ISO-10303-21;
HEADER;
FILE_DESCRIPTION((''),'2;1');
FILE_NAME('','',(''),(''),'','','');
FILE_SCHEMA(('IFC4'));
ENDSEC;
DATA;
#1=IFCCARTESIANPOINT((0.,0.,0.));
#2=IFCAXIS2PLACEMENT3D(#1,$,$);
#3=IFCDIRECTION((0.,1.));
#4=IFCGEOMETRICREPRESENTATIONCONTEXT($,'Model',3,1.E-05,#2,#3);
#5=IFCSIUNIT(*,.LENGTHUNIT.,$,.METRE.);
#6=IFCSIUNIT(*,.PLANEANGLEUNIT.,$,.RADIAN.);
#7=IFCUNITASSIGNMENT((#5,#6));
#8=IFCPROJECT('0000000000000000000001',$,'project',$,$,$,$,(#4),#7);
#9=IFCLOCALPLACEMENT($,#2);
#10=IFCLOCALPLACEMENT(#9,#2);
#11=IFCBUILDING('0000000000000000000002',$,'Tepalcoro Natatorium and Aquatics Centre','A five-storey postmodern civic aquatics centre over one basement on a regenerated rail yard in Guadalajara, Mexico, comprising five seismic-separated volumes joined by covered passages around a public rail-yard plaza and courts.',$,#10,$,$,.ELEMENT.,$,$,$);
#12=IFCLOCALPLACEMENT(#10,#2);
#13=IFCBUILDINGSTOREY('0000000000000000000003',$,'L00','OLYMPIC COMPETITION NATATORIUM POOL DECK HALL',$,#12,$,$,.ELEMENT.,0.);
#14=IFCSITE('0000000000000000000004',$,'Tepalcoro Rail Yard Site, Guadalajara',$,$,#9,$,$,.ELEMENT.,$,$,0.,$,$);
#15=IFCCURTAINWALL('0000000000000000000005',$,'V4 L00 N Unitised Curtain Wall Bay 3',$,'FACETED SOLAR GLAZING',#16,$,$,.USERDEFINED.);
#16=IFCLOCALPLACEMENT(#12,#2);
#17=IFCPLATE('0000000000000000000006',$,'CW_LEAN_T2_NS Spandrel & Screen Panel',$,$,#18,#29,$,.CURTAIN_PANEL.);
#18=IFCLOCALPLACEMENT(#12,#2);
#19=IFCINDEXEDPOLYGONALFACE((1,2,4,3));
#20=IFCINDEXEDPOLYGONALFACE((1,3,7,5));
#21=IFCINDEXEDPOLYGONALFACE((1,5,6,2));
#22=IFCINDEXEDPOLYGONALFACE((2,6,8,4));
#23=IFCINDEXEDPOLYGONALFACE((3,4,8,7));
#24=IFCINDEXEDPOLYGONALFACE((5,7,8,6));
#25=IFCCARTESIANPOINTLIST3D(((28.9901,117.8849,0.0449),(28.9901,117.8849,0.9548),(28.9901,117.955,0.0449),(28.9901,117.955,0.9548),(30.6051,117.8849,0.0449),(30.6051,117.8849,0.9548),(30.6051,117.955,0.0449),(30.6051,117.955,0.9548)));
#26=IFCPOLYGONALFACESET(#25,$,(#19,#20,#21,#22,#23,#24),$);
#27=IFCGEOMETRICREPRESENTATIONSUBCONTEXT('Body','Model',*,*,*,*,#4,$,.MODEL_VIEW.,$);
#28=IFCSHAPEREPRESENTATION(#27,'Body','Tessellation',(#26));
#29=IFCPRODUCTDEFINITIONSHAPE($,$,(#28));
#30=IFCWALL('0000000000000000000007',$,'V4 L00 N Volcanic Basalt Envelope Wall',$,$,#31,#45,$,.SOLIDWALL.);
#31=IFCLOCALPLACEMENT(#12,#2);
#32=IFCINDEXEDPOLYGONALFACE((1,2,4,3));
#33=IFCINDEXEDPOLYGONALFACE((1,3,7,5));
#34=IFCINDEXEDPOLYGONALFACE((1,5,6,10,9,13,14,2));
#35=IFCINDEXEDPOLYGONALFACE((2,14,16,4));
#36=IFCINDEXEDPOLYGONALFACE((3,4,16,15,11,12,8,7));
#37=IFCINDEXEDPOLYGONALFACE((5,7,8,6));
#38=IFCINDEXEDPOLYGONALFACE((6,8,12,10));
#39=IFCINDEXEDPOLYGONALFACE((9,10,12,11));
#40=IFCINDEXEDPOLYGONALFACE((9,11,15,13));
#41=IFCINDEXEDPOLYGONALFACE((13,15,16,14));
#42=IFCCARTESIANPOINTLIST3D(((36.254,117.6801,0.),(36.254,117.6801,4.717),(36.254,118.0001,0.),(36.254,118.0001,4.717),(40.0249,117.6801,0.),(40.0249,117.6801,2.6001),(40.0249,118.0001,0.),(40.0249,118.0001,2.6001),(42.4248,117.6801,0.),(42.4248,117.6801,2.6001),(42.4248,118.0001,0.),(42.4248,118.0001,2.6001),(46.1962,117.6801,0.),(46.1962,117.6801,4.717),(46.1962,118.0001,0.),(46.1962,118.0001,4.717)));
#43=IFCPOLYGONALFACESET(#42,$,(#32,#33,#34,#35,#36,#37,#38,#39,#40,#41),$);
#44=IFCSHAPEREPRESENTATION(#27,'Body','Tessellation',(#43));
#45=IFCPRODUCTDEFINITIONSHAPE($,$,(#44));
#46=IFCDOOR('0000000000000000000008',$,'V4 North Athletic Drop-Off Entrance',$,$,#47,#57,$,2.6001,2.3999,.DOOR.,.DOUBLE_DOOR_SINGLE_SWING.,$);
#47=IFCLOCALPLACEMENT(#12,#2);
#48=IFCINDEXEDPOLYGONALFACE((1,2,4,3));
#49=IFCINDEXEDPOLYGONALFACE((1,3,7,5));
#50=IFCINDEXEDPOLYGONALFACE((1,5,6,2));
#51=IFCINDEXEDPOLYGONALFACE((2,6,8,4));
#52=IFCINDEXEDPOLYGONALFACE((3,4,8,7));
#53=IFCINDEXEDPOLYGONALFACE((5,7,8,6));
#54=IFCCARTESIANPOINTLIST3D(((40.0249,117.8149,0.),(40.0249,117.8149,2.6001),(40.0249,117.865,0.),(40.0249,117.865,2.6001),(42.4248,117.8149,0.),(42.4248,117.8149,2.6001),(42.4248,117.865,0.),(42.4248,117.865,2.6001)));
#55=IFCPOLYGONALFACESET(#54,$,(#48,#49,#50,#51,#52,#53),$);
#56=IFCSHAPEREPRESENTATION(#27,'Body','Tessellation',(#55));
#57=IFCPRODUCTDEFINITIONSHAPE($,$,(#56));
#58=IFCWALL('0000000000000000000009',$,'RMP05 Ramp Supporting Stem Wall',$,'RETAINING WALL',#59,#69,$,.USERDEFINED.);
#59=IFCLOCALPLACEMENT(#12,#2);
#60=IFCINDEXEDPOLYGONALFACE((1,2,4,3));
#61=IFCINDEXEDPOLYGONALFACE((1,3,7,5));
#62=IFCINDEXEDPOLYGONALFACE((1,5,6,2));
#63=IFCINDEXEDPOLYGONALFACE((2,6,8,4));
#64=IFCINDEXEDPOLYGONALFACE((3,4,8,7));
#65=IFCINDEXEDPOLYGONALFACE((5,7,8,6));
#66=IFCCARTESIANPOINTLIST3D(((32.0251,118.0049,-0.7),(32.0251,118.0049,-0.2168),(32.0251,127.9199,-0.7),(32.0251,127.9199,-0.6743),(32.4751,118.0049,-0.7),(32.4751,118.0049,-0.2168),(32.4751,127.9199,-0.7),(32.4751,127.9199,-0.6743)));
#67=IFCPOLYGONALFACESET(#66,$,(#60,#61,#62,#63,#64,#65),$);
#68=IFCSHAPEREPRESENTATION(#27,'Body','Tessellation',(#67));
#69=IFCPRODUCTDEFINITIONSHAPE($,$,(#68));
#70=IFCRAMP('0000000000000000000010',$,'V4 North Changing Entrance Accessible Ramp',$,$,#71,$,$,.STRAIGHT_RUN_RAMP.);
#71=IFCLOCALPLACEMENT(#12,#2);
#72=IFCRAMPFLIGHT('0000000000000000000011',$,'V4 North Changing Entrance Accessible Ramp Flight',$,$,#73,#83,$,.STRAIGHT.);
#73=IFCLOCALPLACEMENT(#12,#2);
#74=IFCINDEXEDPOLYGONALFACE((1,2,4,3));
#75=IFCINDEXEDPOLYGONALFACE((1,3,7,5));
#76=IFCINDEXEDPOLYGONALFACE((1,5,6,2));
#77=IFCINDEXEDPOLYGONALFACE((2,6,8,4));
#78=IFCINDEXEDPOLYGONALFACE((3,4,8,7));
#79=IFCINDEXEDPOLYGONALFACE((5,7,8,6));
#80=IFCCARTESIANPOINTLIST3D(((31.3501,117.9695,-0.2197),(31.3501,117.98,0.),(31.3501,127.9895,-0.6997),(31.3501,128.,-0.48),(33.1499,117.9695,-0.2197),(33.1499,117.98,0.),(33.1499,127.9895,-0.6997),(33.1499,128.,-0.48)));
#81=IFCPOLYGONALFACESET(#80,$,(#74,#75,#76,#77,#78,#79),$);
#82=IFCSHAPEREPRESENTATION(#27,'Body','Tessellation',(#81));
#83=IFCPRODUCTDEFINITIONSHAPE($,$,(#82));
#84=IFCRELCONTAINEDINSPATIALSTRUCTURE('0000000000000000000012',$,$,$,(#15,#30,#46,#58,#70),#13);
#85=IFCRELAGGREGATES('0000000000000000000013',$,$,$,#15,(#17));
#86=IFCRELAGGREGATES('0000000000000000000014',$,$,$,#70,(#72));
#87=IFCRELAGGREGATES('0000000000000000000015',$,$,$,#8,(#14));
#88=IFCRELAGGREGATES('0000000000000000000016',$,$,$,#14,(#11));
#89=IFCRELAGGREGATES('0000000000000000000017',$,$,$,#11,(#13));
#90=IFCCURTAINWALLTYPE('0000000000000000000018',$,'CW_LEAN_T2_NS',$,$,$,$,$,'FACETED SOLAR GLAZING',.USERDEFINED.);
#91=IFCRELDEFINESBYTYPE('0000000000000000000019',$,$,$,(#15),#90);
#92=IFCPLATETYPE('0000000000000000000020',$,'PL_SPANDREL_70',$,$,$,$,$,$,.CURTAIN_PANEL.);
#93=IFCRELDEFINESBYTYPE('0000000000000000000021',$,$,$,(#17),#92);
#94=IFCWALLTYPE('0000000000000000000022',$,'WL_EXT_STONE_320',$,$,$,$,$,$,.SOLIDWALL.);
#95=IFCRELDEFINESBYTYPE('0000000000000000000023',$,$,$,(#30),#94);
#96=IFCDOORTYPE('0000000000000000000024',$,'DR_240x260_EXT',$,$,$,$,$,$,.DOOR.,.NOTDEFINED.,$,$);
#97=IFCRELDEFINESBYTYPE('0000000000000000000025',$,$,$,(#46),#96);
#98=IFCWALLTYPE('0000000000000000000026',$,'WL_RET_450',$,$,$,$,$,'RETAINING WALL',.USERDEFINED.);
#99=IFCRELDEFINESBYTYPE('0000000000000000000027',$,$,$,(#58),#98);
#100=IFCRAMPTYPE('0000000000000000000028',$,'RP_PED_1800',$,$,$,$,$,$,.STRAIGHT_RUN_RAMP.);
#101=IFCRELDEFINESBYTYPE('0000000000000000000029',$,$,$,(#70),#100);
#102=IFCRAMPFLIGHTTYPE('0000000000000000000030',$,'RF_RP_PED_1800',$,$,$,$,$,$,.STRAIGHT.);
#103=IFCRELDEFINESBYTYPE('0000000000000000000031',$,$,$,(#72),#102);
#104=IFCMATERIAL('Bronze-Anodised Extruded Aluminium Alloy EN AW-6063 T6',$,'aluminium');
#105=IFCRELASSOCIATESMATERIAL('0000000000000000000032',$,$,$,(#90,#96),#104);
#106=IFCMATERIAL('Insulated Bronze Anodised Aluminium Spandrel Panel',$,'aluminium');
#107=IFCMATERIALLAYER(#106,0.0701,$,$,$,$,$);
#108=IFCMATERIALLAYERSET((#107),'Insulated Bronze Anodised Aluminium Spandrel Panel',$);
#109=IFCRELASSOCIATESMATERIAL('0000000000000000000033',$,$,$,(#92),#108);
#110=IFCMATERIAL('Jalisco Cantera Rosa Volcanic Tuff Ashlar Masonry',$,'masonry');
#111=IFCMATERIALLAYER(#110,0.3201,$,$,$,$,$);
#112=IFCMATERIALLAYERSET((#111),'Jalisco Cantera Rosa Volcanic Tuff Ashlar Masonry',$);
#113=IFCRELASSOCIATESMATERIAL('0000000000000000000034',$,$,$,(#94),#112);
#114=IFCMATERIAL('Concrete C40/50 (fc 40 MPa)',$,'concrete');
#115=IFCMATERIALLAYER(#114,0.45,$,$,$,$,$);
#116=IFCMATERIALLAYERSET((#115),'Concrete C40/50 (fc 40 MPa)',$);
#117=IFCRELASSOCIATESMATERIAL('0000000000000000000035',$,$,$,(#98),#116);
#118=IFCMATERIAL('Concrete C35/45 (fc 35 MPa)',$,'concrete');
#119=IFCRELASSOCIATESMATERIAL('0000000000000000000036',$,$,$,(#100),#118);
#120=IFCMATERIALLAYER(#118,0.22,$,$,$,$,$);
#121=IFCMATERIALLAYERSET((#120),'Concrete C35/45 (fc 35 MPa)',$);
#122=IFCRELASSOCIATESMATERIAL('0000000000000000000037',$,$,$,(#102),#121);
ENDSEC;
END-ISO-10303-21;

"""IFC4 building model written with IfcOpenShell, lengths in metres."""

from ifc_helpers import new_model, si_unit, direction, frame, frame_2d, origin, origin_2d, place, context, subcontext, project, spatial, polyline, rectangle, outline, extrude, material, layer, layer_set, type_object, element, fill, aggregate, save


model = new_model("IFC4")

# Units and contexts
model_context = context("Model", 3, precision=1e-05, world=origin(), true_north=direction((0.0, 1.0)))
body_context = subcontext(model_context, "Body", "Model", "MODEL_VIEW")
ifc_project = project(units=[si_unit("LENGTHUNIT", "METRE"), si_unit("PLANEANGLEUNIT", "RADIAN")], contexts=[model_context])

# Site, building, storey
site_placement = place(None, origin())
site = spatial("IfcSite", under=ifc_project, at=site_placement, Name="Tepalcoro Rail Yard Site, Guadalajara", CompositionType="ELEMENT", RefElevation=0.0)
building_placement = place(site_placement, origin())
building = spatial("IfcBuilding", under=site, at=building_placement, Name="Tepalcoro Natatorium and Aquatics Centre", Description="A five-storey postmodern civic aquatics centre over one basement on a regenerated rail yard in Guadalajara, Mexico, comprising five seismic-separated volumes joined by covered passages around a public rail-yard plaza and courts.", CompositionType="ELEMENT")
storey_placement = place(building_placement, origin())
storey = spatial("IfcBuildingStorey", under=building, at=storey_placement, Name="L00", Description="OLYMPIC COMPETITION NATATORIUM POOL DECK HALL", CompositionType="ELEMENT", Elevation=0.0)

# Shared definitions
ifc_material_1 = material(Name="Concrete C40/50 (fc 40 MPa)", Category="concrete")

# Curtain wall
ifc_material_2 = material(Name="Bronze-Anodised Extruded Aluminium Alloy EN AW-6063 T6", Category="aluminium")
curtain_wall_type = type_object("IfcCurtainWallType", Name="CW_LEAN_T2_NS", ElementType="FACETED SOLAR GLAZING", PredefinedType="USERDEFINED", material=ifc_material_2)
curtain_wall_placement = place(storey_placement, origin())
curtain_wall = element("IfcCurtainWall", 1, at=curtain_wall_placement, inside=storey, type_object=curtain_wall_type, Name="V4 L00 N Unitised Curtain Wall Bay 3", ObjectType="FACETED SOLAR GLAZING", PredefinedType="USERDEFINED")

# Plate
ifc_material_3 = material(Name="Jalisco Cantera Rosa Volcanic Tuff Ashlar Masonry", Category="masonry")
ifc_material_4 = material(Name="Insulated Bronze Anodised Aluminium Spandrel Panel", Category="aluminium")
ifc_layer_1 = layer(ifc_material_4, 0.0701)
ifc_layer_set_1 = layer_set([ifc_layer_1], Name="Insulated Bronze Anodised Aluminium Spandrel Panel")
plate_type_1 = type_object("IfcPlateType", Name="PL_SPANDREL_70", PredefinedType="CURTAIN_PANEL", material=ifc_layer_set_1)
plate_1_placement = place(storey_placement, frame((29.7976, 117.9199, 0.0449), z_axis=(0.0, 0.0, 1.0), x_axis=(1.0, 0.0, 0.0)))
plate_1 = element("IfcPlate", 2, at=plate_1_placement, type_object=plate_type_1, Name="CW_LEAN_T2_NS Spandrel & Screen Panel", PredefinedType="CURTAIN_PANEL", context=body_context, shape_type="SweptSolid", body=[
    extrude(rectangle(XDim=1.615, YDim=0.0701, at=origin_2d()), origin(), (0.0, 0.0, 1.0), 0.9099),
])
aggregate(curtain_wall, [plate_1])

# Wall, opening, door
ifc_layer_2 = layer(ifc_material_3, 0.3201)
ifc_layer_set_2 = layer_set([ifc_layer_2], Name="Jalisco Cantera Rosa Volcanic Tuff Ashlar Masonry")
wall_type_1 = type_object("IfcWallType", Name="WL_EXT_STONE_320", PredefinedType="SOLIDWALL", material=ifc_layer_set_2)
wall_1_placement = place(storey_placement, frame((36.2539, 117.8401, 0.0), z_axis=(0.0, 0.0, 1.0), x_axis=(1.0, 0.0, 0.0)))
wall_1 = element("IfcWall", 3, at=wall_1_placement, inside=storey, type_object=wall_type_1, Name="V4 L00 N Volcanic Basalt Envelope Wall", PredefinedType="SOLIDWALL", context=body_context, shape_type="SweptSolid", body=[
    extrude(rectangle(XDim=9.9421, YDim=0.3201, at=frame_2d((4.9712, 0.0))), origin(), (0.0, 0.0, 1.0), 4.717),
])
opening_placement = place(wall_1_placement, frame((3.771, 0.0, 0.0)))
opening = element("IfcOpeningElement", 4, at=opening_placement, cuts=wall_1, PredefinedType="OPENING", context=body_context, shape_type="SweptSolid", body=[
    extrude(rectangle(XDim=2.3999, YDim=2.6001, at=frame_2d((1.2, 1.3))), frame((0.0, 0.1719, 0.0), z_axis=(0.0, -1.0, 0.0), x_axis=(1.0, 0.0, 0.0)), (0.0, 0.0, 1.0), 0.344),
])
door_type = type_object("IfcDoorType", Name="DR_240x260_EXT", OperationType="NOTDEFINED", PredefinedType="DOOR", material=ifc_material_2)
door_placement = place(opening_placement, origin())
door = element("IfcDoor", 5, at=door_placement, inside=storey, type_object=door_type, Name="V4 North Athletic Drop-Off Entrance", OperationType="DOUBLE_DOOR_SINGLE_SWING", OverallHeight=2.6001, OverallWidth=2.3999, PredefinedType="DOOR", context=body_context, shape_type="SweptSolid", body=[
    extrude(rectangle(XDim=2.3999, YDim=2.6001, at=frame_2d((1.2, 1.3))), frame((0.0, 0.0249, 0.0), z_axis=(0.0, -1.0, 0.0), x_axis=(1.0, 0.0, 0.0)), (0.0, 0.0, 1.0), 0.05),
])
fill(opening, door)

# Wall
ifc_layer_3 = layer(ifc_material_1, 0.45)
ifc_layer_set_3 = layer_set([ifc_layer_3], Name="Concrete C40/50 (fc 40 MPa)")
wall_type_2 = type_object("IfcWallType", Name="WL_RET_450", ElementType="RETAINING WALL", PredefinedType="USERDEFINED", material=ifc_layer_set_3)
wall_2_placement = place(storey_placement, frame((32.25, 127.9199, -0.7), z_axis=(0.0, 0.0, 1.0), x_axis=(0.0, -1.0, 0.0)))
element("IfcWall", 6, at=wall_2_placement, inside=storey, type_object=wall_type_2, Name="RMP05 Ramp Supporting Stem Wall", ObjectType="RETAINING WALL", PredefinedType="USERDEFINED", context=body_context, shape_type="SweptSolid", body=[
    extrude(outline(polyline([(0.0, 0.0), (9.915, 0.0), (9.915, 0.4832), (0.0, 0.0256), (0.0, 0.0)])), frame((0.0, 0.2251, 0.0), z_axis=(0.0, -1.0, 0.0), x_axis=(1.0, 0.0, 0.0)), (0.0, 0.0, 1.0), 0.45),
])

# Ramp, ramp flight
ifc_material_5 = material(Name="Concrete C35/45 (fc 35 MPa)", Category="concrete")
ramp_type = type_object("IfcRampType", Name="RP_PED_1800", PredefinedType="STRAIGHT_RUN_RAMP", material=ifc_material_5)
ramp_placement = place(storey_placement, origin())
ramp = element("IfcRamp", 7, at=ramp_placement, inside=storey, type_object=ramp_type, Name="V4 North Changing Entrance Accessible Ramp", PredefinedType="STRAIGHT_RUN_RAMP")
ifc_layer_4 = layer(ifc_material_5, 0.22)
ifc_layer_set_4 = layer_set([ifc_layer_4], Name="Concrete C35/45 (fc 35 MPa)")
ramp_flight_type = type_object("IfcRampFlightType", Name="RF_RP_PED_1800", PredefinedType="STRAIGHT", material=ifc_layer_set_4)
ramp_flight_placement = place(storey_placement, frame((31.3501, 128.0, -0.48), z_axis=(0.0, 0.047847, 0.998855), x_axis=(0.0, -0.998855, 0.047847)))
ramp_flight = element("IfcRampFlight", 8, at=ramp_flight_placement, type_object=ramp_flight_type, Name="V4 North Changing Entrance Accessible Ramp Flight", PredefinedType="STRAIGHT", context=body_context, shape_type="SweptSolid", body=[
    extrude(outline(polyline([(0.0, 0.0), (10.0315, 0.0), (10.0315, 1.7998), (0.0, 1.7998), (0.0, 0.0)])), origin(), (0.0, 0.0, -1.0), 0.22),
])
aggregate(ramp, [ramp_flight])

save(model, "model.ifc")
